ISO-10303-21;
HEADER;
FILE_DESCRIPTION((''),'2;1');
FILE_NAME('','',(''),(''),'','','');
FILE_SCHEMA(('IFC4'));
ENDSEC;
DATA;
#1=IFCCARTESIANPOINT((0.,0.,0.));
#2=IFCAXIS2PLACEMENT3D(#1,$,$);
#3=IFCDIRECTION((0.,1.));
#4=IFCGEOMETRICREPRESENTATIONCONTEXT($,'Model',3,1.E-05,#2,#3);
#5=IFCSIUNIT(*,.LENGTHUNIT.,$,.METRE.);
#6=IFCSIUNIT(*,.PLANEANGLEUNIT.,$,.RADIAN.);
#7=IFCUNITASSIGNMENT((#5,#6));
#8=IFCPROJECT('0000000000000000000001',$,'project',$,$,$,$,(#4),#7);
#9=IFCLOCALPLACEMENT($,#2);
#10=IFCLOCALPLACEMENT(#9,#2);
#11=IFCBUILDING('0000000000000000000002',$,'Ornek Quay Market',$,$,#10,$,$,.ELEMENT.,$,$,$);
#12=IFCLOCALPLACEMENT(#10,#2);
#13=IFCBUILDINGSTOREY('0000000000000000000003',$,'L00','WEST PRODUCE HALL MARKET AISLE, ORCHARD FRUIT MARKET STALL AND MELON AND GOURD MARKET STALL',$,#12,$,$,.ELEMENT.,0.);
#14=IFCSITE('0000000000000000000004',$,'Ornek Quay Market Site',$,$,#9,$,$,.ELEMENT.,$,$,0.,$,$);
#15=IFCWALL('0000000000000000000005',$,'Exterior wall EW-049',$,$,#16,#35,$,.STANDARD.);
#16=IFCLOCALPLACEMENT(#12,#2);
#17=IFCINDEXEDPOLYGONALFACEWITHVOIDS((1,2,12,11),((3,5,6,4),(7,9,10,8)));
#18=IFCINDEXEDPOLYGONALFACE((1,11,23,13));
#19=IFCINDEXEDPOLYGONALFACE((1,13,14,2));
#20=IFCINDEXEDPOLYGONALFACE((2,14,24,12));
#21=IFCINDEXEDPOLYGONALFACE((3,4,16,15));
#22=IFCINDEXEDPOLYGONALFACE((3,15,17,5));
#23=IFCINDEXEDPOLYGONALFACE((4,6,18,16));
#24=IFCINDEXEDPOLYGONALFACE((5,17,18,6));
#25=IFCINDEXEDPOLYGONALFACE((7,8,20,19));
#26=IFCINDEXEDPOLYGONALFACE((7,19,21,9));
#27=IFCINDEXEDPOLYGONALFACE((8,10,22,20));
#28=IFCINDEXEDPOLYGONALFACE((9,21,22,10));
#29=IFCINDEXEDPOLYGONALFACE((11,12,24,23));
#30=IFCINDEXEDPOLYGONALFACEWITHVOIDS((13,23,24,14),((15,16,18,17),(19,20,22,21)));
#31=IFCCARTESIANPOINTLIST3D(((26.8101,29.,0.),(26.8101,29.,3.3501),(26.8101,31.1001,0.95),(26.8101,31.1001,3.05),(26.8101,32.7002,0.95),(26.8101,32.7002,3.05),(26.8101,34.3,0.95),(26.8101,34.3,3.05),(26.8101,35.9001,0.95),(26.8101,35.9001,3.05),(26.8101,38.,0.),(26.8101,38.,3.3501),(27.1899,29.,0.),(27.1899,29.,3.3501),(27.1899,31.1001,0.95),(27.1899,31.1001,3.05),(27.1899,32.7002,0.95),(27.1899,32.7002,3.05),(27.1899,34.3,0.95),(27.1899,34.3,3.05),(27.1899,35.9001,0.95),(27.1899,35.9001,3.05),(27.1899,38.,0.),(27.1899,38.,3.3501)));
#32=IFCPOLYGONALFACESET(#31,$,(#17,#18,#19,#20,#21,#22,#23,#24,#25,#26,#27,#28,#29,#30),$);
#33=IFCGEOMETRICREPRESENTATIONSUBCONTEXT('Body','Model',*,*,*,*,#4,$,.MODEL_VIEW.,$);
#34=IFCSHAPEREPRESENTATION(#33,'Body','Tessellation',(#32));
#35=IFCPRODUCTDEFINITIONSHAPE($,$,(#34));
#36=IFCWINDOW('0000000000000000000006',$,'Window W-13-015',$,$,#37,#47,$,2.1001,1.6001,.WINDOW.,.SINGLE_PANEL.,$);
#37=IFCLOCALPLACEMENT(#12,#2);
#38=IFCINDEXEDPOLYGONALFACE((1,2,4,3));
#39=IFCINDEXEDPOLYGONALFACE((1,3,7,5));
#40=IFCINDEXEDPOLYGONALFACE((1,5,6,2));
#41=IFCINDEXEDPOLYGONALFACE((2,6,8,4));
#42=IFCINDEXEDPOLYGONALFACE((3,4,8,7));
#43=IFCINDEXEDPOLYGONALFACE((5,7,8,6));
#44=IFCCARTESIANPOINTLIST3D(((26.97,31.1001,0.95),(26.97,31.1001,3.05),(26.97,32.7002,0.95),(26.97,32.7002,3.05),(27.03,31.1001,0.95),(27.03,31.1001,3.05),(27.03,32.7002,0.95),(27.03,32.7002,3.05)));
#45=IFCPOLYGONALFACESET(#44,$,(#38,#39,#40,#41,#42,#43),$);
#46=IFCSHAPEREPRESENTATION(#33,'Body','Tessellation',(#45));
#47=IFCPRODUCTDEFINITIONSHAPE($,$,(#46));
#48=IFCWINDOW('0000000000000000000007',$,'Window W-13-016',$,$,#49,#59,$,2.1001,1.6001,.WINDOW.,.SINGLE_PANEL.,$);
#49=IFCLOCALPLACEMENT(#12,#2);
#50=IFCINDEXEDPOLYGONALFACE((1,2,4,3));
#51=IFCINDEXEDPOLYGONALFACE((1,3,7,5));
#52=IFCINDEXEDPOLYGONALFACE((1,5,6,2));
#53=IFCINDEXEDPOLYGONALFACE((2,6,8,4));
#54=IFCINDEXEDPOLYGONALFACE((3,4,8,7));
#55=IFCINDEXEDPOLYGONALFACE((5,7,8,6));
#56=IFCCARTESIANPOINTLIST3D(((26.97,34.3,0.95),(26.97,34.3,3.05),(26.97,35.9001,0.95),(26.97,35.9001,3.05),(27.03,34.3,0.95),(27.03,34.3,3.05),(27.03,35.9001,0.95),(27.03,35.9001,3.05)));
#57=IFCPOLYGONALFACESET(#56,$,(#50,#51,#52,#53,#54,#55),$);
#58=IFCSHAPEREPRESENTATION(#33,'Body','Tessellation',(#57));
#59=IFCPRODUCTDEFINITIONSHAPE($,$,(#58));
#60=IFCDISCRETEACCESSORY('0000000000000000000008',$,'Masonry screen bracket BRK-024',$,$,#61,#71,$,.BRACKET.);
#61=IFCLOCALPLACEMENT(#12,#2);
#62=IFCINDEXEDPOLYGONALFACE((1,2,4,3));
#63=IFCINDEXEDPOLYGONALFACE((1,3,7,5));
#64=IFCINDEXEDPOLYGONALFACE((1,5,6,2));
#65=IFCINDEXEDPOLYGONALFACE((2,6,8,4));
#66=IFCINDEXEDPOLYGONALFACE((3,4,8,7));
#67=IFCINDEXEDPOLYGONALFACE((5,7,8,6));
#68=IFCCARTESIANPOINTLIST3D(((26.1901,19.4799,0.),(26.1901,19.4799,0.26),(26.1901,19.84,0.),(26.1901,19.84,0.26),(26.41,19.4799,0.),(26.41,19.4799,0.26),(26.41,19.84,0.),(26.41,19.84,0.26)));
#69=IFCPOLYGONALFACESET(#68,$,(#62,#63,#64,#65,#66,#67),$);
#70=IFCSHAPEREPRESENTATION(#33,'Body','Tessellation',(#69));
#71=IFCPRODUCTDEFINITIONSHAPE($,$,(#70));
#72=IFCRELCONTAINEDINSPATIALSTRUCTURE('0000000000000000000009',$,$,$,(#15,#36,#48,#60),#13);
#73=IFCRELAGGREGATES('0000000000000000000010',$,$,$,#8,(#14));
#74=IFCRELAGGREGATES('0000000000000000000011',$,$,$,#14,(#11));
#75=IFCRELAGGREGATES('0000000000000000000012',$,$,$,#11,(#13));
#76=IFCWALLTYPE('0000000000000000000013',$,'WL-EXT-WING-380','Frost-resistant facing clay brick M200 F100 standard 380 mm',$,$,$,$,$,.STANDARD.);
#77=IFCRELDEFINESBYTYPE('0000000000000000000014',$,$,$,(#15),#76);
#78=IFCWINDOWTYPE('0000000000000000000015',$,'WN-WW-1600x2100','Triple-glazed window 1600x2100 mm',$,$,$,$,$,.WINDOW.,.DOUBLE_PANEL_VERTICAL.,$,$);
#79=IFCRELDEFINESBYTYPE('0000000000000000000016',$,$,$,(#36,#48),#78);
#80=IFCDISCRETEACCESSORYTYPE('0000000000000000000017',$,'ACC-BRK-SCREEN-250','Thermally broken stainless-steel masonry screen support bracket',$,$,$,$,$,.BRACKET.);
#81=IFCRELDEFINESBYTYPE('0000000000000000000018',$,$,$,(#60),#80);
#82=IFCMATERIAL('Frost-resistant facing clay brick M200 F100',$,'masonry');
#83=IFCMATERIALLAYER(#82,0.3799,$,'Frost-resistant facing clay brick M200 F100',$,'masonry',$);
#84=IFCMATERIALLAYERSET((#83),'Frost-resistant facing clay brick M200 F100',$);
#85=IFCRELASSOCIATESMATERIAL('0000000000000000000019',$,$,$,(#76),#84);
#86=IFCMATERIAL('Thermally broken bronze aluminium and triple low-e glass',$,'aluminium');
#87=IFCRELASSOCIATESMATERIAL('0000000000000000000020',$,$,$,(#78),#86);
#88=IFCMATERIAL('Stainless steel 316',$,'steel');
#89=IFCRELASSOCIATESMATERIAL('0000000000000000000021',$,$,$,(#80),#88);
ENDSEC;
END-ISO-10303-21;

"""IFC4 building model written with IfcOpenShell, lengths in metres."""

from ifc_helpers import new_model, si_unit, direction, frame, frame_2d, origin, origin_2d, place, context, subcontext, project, spatial, rectangle, extrude, material, layer, layer_set, type_object, element, fill, save


model = new_model("IFC4")

# Units and contexts
model_context = context("Model", 3, precision=1e-05, world=origin(), true_north=direction((0.0, 1.0)))
body_context = subcontext(model_context, "Body", "Model", "MODEL_VIEW")
ifc_project = project(units=[si_unit("LENGTHUNIT", "METRE"), si_unit("PLANEANGLEUNIT", "RADIAN")], contexts=[model_context])

# Site, building, storey
site_placement = place(None, origin())
site = spatial("IfcSite", under=ifc_project, at=site_placement, Name="Ornek Quay Market Site", CompositionType="ELEMENT", RefElevation=0.0)
building_placement = place(site_placement, origin())
building = spatial("IfcBuilding", under=site, at=building_placement, Name="Ornek Quay Market", CompositionType="ELEMENT")
storey_placement = place(building_placement, origin())
storey = spatial("IfcBuildingStorey", under=building, at=storey_placement, Name="L00", Description="WEST PRODUCE HALL MARKET AISLE, ORCHARD FRUIT MARKET STALL AND MELON AND GOURD MARKET STALL", CompositionType="ELEMENT", Elevation=0.0)

# Wall, openings, windows
ifc_material_1 = material(Name="Frost-resistant facing clay brick M200 F100", Category="masonry")
ifc_layer_1 = layer(ifc_material_1, 0.3799, Name="Frost-resistant facing clay brick M200 F100", Category="masonry")
ifc_layer_set_1 = layer_set([ifc_layer_1], Name="Frost-resistant facing clay brick M200 F100")
wall_type = type_object("IfcWallType", Name="WL-EXT-WING-380", Description="Frost-resistant facing clay brick M200 F100 standard 380 mm", PredefinedType="STANDARD", material=ifc_layer_set_1)
wall_placement = place(storey_placement, frame((27.0, 29.0, 0.0), z_axis=(0.0, 0.0, 1.0), x_axis=(0.0, 1.0, 0.0)))
wall = element("IfcWall", 1, at=wall_placement, inside=storey, type_object=wall_type, Name="Exterior wall EW-049", PredefinedType="STANDARD", context=body_context, shape_type="SweptSolid", body=[
    extrude(rectangle(XDim=9.0, YDim=0.3799, at=frame_2d((4.5, 0.0))), origin(), (0.0, 0.0, 1.0), 3.3501),
])
opening_1_placement = place(wall_placement, frame((2.1001, 0.0, 0.95)))
opening_1 = element("IfcOpeningElement", 2, at=opening_1_placement, cuts=wall, PredefinedType="OPENING", context=body_context, shape_type="SweptSolid", body=[
    extrude(rectangle(XDim=1.6001, YDim=2.1001, at=frame_2d((0.8, 1.05))), frame((0.0, 0.2, 0.0), z_axis=(0.0, -1.0, 0.0), x_axis=(1.0, 0.0, 0.0)), (0.0, 0.0, 1.0), 0.3999),
])
opening_2_placement = place(wall_placement, frame((5.3, 0.0, 0.95)))
opening_2 = element("IfcOpeningElement", 3, at=opening_2_placement, cuts=wall, PredefinedType="OPENING", context=body_context, shape_type="SweptSolid", body=[
    extrude(rectangle(XDim=1.6001, YDim=2.1001, at=frame_2d((0.8, 1.05))), frame((0.0, 0.2, 0.0), z_axis=(0.0, -1.0, 0.0), x_axis=(1.0, 0.0, 0.0)), (0.0, 0.0, 1.0), 0.3999),
])
ifc_material_2 = material(Name="Thermally broken bronze aluminium and triple low-e glass", Category="aluminium")
window_type = type_object("IfcWindowType", Name="WN-WW-1600x2100", Description="Triple-glazed window 1600x2100 mm", PartitioningType="DOUBLE_PANEL_VERTICAL", PredefinedType="WINDOW", material=ifc_material_2)
window_1_placement = place(opening_1_placement, origin())
window_1 = element("IfcWindow", 4, at=window_1_placement, inside=storey, type_object=window_type, Name="Window W-13-015", OverallHeight=2.1001, OverallWidth=1.6001, PartitioningType="SINGLE_PANEL", PredefinedType="WINDOW", context=body_context, shape_type="SweptSolid", body=[
    extrude(rectangle(XDim=1.6001, YDim=2.1001, at=frame_2d((0.8, 1.05))), frame((0.0, 0.03, 0.0), z_axis=(0.0, -1.0, 0.0), x_axis=(1.0, 0.0, 0.0)), (0.0, 0.0, 1.0), 0.0601),
])
fill(opening_1, window_1)
window_2_placement = place(opening_2_placement, origin())
window_2 = element("IfcWindow", 5, at=window_2_placement, inside=storey, type_object=window_type, Name="Window W-13-016", OverallHeight=2.1001, OverallWidth=1.6001, PartitioningType="SINGLE_PANEL", PredefinedType="WINDOW", context=body_context, shape_type="SweptSolid", body=[
    extrude(rectangle(XDim=1.6001, YDim=2.1001, at=frame_2d((0.8, 1.05))), frame((0.0, 0.03, 0.0), z_axis=(0.0, -1.0, 0.0), x_axis=(1.0, 0.0, 0.0)), (0.0, 0.0, 1.0), 0.0601),
])
fill(opening_2, window_2)

# Discrete accessory
ifc_material_3 = material(Name="Stainless steel 316", Category="steel")
discrete_accessory_type = type_object("IfcDiscreteAccessoryType", Name="ACC-BRK-SCREEN-250", Description="Thermally broken stainless-steel masonry screen support bracket", PredefinedType="BRACKET", material=ifc_material_3)
discrete_accessory_placement = place(storey_placement, frame((26.3, 19.6599, 0.0), z_axis=(0.0, 0.0, 1.0), x_axis=(1.0, 0.0, 0.0)))
element("IfcDiscreteAccessory", 6, at=discrete_accessory_placement, inside=storey, type_object=discrete_accessory_type, Name="Masonry screen bracket BRK-024", PredefinedType="BRACKET", context=body_context, shape_type="SweptSolid", body=[
    extrude(rectangle(XDim=0.22, YDim=0.3601, at=origin_2d()), origin(), (0.0, 0.0, 1.0), 0.26),
])

save(model, "model.ifc")
